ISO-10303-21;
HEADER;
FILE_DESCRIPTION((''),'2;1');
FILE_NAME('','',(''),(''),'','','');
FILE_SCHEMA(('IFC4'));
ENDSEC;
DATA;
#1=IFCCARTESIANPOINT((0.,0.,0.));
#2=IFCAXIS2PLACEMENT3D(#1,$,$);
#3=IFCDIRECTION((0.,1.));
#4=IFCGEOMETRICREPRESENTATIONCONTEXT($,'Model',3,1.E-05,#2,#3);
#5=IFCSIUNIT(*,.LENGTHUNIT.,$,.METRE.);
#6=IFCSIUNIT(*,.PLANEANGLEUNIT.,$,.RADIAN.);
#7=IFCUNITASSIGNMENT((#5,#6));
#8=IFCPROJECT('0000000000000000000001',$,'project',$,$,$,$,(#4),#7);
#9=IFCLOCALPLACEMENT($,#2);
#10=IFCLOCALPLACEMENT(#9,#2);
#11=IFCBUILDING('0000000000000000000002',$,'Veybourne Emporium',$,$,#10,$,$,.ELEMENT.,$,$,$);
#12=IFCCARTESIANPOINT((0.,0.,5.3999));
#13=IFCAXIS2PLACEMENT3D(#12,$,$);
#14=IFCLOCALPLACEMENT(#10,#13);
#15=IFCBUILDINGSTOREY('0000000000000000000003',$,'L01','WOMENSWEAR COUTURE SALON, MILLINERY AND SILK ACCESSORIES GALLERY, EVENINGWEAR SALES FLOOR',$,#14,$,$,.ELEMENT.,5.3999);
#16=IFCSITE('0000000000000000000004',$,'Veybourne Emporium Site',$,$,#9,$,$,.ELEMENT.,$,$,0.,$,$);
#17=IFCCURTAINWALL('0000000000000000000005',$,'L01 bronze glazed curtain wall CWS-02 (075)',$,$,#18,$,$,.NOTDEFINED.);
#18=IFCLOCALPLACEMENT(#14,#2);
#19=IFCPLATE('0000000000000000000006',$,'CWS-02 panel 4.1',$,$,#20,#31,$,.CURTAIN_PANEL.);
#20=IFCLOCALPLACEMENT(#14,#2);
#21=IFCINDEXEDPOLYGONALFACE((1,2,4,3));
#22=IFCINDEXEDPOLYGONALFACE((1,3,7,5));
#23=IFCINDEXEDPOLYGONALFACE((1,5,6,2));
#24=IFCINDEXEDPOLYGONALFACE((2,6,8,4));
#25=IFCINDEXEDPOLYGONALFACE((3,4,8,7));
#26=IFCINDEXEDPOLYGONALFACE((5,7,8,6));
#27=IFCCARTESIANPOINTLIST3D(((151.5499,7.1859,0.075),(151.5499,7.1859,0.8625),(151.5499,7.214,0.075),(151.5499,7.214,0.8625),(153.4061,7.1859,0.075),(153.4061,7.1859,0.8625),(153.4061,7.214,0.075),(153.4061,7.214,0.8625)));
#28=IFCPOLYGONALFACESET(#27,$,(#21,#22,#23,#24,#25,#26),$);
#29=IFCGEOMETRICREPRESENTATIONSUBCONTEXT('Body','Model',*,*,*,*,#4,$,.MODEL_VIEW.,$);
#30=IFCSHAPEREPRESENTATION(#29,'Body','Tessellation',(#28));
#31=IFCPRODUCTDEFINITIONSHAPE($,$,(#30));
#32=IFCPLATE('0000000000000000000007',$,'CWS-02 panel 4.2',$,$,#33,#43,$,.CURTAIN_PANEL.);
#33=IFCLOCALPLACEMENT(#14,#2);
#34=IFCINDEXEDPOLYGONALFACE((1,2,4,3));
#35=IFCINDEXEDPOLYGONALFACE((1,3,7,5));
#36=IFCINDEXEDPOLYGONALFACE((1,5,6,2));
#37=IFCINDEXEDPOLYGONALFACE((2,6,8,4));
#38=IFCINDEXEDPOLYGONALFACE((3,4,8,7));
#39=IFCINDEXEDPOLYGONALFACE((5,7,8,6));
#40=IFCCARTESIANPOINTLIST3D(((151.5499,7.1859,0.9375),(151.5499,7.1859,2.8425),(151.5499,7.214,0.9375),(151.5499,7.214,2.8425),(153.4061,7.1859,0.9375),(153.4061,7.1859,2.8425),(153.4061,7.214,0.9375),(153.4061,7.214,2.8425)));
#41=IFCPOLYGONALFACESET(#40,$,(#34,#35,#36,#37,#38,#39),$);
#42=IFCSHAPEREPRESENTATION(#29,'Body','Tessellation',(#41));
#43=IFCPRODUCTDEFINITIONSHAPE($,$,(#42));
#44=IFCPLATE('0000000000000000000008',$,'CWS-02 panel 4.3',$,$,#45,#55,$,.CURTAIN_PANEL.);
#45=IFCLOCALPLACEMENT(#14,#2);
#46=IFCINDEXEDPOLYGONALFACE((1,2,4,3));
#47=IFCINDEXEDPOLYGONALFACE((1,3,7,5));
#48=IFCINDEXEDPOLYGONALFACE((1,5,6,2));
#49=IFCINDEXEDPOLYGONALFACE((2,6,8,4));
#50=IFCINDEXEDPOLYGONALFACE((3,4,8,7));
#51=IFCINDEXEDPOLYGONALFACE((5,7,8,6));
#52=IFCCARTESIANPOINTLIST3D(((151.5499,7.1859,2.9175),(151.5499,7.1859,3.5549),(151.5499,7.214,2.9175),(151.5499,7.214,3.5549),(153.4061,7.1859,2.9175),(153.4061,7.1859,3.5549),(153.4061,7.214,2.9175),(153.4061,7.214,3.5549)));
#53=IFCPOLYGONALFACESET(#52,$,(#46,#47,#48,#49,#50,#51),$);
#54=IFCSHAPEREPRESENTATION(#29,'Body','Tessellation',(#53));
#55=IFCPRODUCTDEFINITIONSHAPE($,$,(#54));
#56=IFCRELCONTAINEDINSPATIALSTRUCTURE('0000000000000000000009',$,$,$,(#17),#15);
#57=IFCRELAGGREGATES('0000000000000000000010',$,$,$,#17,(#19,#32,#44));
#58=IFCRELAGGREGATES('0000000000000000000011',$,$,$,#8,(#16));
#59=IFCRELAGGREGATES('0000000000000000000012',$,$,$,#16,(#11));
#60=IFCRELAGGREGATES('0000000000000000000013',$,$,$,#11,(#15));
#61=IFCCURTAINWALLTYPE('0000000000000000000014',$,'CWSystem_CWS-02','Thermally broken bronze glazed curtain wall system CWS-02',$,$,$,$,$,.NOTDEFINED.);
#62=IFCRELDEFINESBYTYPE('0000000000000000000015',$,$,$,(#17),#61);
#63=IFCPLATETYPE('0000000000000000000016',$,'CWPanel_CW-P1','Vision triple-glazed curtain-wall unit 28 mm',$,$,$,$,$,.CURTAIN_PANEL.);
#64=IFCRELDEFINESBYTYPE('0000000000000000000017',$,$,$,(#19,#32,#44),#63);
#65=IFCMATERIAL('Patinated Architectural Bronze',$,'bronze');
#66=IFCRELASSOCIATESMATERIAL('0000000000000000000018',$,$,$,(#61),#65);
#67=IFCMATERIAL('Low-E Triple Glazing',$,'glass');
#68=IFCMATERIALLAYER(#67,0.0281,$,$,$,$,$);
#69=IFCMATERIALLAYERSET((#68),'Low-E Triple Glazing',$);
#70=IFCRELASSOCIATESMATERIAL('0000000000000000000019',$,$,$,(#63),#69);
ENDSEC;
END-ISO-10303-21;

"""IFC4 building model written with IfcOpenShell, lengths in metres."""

from ifc_helpers import new_model, si_unit, direction, frame, origin, origin_2d, place, context, subcontext, project, spatial, rectangle, extrude, material, layer, layer_set, type_object, element, aggregate, save


model = new_model("IFC4")

# Units and contexts
model_context = context("Model", 3, precision=1e-05, world=origin(), true_north=direction((0.0, 1.0)))
body_context = subcontext(model_context, "Body", "Model", "MODEL_VIEW")
ifc_project = project(units=[si_unit("LENGTHUNIT", "METRE"), si_unit("PLANEANGLEUNIT", "RADIAN")], contexts=[model_context])

# Site, building, storey
site_placement = place(None, origin())
site = spatial("IfcSite", under=ifc_project, at=site_placement, Name="Veybourne Emporium Site", CompositionType="ELEMENT", RefElevation=0.0)
building_placement = place(site_placement, origin())
building = spatial("IfcBuilding", under=site, at=building_placement, Name="Veybourne Emporium", CompositionType="ELEMENT")
storey_placement = place(building_placement, frame((0.0, 0.0, 5.3999)))
storey = spatial("IfcBuildingStorey", under=building, at=storey_placement, Name="L01", Description="WOMENSWEAR COUTURE SALON, MILLINERY AND SILK ACCESSORIES GALLERY, EVENINGWEAR SALES FLOOR", CompositionType="ELEMENT", Elevation=5.3999)

# Shared definitions
ifc_material_1 = material(Name="Patinated Architectural Bronze", Category="bronze")

# Curtain wall
curtain_wall_type_1 = type_object("IfcCurtainWallType", Name="CWSystem_CWS-02", Description="Thermally broken bronze glazed curtain wall system CWS-02", PredefinedType="NOTDEFINED", material=ifc_material_1)
curtain_wall_1_placement = place(storey_placement, origin())
curtain_wall_1 = element("IfcCurtainWall", 1, at=curtain_wall_1_placement, inside=storey, type_object=curtain_wall_type_1, Name="L01 bronze glazed curtain wall CWS-02 (075)", PredefinedType="NOTDEFINED")

# Plates
ifc_material_2 = material(Name="Low-E Triple Glazing", Category="glass")
ifc_layer = layer(ifc_material_2, 0.0281)
ifc_layer_set = layer_set([ifc_layer], Name="Low-E Triple Glazing")
plate_type = type_object("IfcPlateType", Name="CWPanel_CW-P1", Description="Vision triple-glazed curtain-wall unit 28 mm", PredefinedType="CURTAIN_PANEL", material=ifc_layer_set)
plate_1_placement = place(storey_placement, frame((152.478, 7.2, 0.075), z_axis=(0.0, 0.0, 1.0), x_axis=(-1.0, 0.0, 0.0)))
plate_1 = element("IfcPlate", 2, at=plate_1_placement, type_object=plate_type, Name="CWS-02 panel 4.1", PredefinedType="CURTAIN_PANEL", context=body_context, shape_type="SweptSolid", body=[
    extrude(rectangle(XDim=1.8562, YDim=0.0281, at=origin_2d()), origin(), (0.0, 0.0, 1.0), 0.7876),
])
plate_2_placement = place(storey_placement, frame((152.478, 7.2, 0.9375), z_axis=(0.0, 0.0, 1.0), x_axis=(-1.0, 0.0, 0.0)))
plate_2 = element("IfcPlate", 3, at=plate_2_placement, type_object=plate_type, Name="CWS-02 panel 4.2", PredefinedType="CURTAIN_PANEL", context=body_context, shape_type="SweptSolid", body=[
    extrude(rectangle(XDim=1.8562, YDim=0.0281, at=origin_2d()), origin(), (0.0, 0.0, 1.0), 1.905),
])
plate_3_placement = place(storey_placement, frame((152.478, 7.2, 2.9175), z_axis=(0.0, 0.0, 1.0), x_axis=(-1.0, 0.0, 0.0)))
plate_3 = element("IfcPlate", 4, at=plate_3_placement, type_object=plate_type, Name="CWS-02 panel 4.3", PredefinedType="CURTAIN_PANEL", context=body_context, shape_type="SweptSolid", body=[
    extrude(rectangle(XDim=1.8562, YDim=0.0281, at=origin_2d()), origin(), (0.0, 0.0, 1.0), 0.6375),
])
aggregate(curtain_wall_1, [plate_1, plate_2, plate_3])

save(model, "model.ifc")
